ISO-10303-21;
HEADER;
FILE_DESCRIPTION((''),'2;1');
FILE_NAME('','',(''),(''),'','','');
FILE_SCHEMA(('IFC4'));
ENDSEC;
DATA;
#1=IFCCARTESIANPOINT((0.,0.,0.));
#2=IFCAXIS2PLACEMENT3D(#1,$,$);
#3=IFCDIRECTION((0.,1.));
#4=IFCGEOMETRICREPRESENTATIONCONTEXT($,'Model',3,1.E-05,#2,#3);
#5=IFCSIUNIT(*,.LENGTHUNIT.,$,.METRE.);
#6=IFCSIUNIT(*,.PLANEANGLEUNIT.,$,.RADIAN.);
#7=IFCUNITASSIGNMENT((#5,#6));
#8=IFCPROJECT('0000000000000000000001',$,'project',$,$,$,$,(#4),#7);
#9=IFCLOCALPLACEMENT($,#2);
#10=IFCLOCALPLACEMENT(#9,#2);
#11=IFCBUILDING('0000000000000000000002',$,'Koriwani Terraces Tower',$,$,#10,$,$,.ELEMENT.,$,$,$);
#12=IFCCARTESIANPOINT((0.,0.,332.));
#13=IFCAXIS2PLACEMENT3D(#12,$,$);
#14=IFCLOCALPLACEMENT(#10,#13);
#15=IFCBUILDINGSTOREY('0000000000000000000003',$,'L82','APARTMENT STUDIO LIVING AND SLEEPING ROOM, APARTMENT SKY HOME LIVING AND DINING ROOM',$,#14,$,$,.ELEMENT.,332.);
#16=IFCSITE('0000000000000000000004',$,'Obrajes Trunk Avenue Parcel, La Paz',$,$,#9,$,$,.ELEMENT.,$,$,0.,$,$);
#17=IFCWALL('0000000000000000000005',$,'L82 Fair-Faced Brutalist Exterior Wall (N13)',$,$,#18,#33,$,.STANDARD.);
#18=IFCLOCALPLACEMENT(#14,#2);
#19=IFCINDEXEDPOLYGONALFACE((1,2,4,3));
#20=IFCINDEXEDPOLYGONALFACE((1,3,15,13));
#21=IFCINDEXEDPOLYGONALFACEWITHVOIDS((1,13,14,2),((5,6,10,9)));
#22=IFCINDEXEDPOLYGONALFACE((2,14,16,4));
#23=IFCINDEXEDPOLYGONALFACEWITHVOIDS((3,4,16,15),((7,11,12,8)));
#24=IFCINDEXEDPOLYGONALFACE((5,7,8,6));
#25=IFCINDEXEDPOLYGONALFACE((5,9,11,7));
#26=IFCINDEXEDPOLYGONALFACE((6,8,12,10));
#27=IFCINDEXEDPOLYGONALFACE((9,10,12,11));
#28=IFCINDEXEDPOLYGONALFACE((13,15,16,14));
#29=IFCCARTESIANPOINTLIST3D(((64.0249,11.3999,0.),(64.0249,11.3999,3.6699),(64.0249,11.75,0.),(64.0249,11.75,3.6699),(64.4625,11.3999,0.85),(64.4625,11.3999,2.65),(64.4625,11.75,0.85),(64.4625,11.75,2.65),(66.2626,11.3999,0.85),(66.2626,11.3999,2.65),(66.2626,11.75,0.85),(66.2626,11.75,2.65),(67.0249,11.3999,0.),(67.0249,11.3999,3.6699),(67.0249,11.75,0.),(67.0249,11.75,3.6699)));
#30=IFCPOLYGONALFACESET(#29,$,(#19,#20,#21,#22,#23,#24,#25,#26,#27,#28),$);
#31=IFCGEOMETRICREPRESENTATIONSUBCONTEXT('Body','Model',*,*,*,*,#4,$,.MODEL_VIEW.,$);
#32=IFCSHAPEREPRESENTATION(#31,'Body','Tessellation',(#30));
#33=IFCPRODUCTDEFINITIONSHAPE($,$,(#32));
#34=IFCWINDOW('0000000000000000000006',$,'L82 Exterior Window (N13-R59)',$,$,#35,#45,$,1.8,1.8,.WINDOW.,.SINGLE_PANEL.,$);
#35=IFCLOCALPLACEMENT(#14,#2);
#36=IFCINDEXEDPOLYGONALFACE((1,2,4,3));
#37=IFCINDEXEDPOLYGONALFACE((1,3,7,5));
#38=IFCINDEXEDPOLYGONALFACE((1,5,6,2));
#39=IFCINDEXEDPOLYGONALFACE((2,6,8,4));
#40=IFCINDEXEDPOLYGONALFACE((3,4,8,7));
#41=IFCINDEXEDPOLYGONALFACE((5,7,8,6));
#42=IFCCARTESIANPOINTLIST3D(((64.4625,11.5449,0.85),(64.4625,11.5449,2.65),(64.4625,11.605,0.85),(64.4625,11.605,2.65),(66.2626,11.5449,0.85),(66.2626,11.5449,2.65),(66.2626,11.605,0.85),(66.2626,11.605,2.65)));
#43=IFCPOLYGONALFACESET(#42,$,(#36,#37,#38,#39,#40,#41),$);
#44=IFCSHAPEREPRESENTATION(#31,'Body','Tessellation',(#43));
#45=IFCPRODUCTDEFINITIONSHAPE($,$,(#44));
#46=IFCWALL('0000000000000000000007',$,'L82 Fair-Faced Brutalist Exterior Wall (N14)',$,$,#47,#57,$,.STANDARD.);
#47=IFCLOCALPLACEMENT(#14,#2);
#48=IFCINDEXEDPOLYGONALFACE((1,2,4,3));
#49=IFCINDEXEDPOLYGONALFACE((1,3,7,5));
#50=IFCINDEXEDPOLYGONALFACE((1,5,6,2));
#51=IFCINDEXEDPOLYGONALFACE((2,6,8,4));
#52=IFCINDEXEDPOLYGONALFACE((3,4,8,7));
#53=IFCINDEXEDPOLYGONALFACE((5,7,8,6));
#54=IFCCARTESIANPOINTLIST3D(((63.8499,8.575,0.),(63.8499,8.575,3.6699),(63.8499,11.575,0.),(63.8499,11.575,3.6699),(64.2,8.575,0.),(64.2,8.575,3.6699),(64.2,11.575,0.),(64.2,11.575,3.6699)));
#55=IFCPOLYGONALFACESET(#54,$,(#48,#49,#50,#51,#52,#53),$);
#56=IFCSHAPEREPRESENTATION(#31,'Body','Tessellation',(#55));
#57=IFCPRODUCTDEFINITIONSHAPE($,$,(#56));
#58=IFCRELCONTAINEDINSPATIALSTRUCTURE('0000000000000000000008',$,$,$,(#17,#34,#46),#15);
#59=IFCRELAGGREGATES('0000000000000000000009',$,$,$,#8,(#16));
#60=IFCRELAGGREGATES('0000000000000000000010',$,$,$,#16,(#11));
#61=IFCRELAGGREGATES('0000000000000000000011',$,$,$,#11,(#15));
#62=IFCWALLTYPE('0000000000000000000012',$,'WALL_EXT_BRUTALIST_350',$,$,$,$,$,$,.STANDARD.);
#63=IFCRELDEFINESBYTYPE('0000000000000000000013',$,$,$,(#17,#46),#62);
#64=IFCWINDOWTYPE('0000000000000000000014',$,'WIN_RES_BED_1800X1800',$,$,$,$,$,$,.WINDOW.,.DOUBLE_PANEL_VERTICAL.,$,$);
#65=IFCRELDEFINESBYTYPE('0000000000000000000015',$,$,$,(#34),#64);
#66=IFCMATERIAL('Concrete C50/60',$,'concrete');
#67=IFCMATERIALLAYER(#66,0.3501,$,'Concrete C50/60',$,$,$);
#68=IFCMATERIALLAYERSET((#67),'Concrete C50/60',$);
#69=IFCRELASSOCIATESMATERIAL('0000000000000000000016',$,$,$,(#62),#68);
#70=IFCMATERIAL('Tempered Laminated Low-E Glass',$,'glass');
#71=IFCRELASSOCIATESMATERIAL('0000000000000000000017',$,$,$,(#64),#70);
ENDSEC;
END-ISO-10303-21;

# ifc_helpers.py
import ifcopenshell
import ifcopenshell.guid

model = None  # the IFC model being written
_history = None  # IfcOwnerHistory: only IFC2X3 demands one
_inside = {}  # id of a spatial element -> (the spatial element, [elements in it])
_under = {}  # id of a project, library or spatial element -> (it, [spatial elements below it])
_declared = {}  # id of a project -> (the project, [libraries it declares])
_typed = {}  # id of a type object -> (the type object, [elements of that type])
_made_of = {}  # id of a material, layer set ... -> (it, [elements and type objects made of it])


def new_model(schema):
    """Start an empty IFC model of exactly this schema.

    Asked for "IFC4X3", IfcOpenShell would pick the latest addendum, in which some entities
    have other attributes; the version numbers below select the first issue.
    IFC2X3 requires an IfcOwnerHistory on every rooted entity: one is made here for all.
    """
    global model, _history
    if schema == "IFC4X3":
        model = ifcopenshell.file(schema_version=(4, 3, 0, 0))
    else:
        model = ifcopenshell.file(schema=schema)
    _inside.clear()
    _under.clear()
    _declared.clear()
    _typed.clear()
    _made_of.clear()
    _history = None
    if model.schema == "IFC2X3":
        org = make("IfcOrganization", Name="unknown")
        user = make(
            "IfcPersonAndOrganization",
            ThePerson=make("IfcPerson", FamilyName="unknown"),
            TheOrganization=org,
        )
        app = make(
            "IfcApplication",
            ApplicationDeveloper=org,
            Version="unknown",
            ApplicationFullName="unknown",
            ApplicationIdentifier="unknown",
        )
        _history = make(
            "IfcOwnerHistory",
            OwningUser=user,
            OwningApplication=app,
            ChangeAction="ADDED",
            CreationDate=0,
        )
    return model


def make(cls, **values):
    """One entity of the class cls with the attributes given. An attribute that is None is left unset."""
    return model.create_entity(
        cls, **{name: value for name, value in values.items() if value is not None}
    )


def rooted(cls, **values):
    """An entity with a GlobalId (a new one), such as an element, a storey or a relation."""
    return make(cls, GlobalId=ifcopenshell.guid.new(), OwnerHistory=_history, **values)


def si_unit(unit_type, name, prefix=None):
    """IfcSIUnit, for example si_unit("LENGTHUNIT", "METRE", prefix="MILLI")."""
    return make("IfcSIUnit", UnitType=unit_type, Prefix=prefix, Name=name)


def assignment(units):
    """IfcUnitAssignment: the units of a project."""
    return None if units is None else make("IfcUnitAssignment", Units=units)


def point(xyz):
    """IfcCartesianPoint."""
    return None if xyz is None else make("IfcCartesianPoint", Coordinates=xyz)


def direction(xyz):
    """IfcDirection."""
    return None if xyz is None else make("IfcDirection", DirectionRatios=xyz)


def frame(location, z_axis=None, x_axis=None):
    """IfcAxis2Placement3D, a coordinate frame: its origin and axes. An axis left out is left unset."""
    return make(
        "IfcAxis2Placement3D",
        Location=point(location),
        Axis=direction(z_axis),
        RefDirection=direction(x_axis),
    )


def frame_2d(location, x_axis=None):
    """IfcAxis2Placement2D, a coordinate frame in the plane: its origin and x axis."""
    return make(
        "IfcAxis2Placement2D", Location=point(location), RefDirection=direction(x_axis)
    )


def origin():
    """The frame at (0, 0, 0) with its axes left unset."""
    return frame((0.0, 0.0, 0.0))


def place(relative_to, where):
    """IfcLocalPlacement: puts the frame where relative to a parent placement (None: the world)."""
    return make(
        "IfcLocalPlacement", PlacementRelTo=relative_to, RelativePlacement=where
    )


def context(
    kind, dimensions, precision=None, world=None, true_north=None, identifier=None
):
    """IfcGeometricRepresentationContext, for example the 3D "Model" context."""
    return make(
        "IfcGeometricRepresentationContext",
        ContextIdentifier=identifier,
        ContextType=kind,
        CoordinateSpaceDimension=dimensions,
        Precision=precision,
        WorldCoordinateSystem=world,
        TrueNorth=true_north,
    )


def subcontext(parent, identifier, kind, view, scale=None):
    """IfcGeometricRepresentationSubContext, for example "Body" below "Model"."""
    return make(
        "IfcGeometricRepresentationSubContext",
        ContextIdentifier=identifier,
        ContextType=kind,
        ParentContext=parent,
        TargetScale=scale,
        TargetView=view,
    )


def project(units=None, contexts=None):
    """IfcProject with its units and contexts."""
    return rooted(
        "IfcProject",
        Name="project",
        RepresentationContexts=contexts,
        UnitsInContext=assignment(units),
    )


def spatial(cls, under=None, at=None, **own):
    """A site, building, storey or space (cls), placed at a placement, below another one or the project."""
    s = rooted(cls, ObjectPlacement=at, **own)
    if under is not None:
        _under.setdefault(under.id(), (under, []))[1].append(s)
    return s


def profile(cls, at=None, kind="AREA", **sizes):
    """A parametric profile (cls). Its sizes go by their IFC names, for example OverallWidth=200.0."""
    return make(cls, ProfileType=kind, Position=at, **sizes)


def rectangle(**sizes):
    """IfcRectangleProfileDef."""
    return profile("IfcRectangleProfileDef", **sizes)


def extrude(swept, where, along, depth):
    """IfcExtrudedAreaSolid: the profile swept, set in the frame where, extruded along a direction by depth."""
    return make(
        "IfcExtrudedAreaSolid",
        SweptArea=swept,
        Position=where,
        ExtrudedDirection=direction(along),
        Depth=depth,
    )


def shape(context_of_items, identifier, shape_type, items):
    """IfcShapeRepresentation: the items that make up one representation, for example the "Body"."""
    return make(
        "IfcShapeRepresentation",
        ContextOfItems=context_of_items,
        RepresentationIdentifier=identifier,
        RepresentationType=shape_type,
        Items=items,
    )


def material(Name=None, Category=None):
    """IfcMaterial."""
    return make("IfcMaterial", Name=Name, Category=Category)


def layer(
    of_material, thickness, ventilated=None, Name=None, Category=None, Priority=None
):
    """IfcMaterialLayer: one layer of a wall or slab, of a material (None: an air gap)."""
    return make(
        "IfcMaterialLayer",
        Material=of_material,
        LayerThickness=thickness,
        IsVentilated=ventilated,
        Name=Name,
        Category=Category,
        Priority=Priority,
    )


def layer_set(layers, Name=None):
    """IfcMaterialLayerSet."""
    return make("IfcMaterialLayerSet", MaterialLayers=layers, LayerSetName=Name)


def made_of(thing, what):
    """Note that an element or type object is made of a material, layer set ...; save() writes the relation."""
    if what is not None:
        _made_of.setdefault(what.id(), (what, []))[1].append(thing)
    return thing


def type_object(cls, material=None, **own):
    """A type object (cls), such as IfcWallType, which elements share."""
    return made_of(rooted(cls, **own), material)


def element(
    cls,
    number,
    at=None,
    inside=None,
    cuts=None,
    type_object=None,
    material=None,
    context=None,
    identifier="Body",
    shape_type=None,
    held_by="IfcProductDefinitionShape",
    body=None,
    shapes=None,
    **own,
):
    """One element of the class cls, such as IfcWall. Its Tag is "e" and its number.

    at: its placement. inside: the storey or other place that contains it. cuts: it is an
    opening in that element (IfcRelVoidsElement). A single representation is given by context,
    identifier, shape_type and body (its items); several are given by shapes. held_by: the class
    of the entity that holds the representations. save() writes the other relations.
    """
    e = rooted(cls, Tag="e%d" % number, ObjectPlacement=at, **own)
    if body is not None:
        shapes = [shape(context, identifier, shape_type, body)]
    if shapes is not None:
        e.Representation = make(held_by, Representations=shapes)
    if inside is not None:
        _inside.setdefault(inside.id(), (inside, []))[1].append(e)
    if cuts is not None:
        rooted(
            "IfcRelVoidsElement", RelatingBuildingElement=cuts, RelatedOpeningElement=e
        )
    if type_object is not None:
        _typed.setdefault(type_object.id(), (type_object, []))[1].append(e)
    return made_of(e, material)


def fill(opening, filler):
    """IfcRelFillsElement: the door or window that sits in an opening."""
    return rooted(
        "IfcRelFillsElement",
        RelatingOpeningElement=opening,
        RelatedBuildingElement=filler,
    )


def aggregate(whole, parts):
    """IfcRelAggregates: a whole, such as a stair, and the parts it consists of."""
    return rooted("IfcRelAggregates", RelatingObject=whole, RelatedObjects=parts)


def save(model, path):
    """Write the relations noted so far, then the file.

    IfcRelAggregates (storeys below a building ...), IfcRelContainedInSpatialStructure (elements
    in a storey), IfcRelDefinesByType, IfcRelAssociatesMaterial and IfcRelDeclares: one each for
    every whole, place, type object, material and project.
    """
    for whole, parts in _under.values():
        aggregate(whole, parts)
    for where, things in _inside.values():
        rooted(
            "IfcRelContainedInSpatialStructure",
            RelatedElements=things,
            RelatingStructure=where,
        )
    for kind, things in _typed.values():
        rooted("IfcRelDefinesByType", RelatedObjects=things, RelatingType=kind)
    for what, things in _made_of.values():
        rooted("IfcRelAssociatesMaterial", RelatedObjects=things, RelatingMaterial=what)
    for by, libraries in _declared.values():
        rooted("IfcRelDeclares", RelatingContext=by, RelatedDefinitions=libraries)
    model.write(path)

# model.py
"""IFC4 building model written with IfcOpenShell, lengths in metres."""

from ifc_helpers import new_model, si_unit, direction, frame, frame_2d, origin, place, context, subcontext, project, spatial, rectangle, extrude, material, layer, layer_set, type_object, element, fill, save


model = new_model("IFC4")

# Units and contexts
model_context = context("Model", 3, precision=1e-05, world=origin(), true_north=direction((0.0, 1.0)))
body_context = subcontext(model_context, "Body", "Model", "MODEL_VIEW")
ifc_project = project(units=[si_unit("LENGTHUNIT", "METRE"), si_unit("PLANEANGLEUNIT", "RADIAN")], contexts=[model_context])

# Site, building, storey
site_placement = place(None, origin())
site = spatial("IfcSite", under=ifc_project, at=site_placement, Name="Obrajes Trunk Avenue Parcel, La Paz", CompositionType="ELEMENT", RefElevation=0.0)
building_placement = place(site_placement, origin())
building = spatial("IfcBuilding", under=site, at=building_placement, Name="Koriwani Terraces Tower", CompositionType="ELEMENT")
storey_placement = place(building_placement, frame((0.0, 0.0, 332.0)))
storey = spatial("IfcBuildingStorey", under=building, at=storey_placement, Name="L82", Description="APARTMENT STUDIO LIVING AND SLEEPING ROOM, APARTMENT SKY HOME LIVING AND DINING ROOM", CompositionType="ELEMENT", Elevation=332.0)

# Shared definitions
ifc_material_1 = material(Name="Concrete C50/60", Category="concrete")

# Wall, opening, window
ifc_layer_1 = layer(ifc_material_1, 0.3501, Name="Concrete C50/60")
ifc_layer_set_1 = layer_set([ifc_layer_1], Name="Concrete C50/60")
wall_type_1 = type_object("IfcWallType", Name="WALL_EXT_BRUTALIST_350", PredefinedType="STANDARD", material=ifc_layer_set_1)
wall_1_placement = place(storey_placement, frame((67.0249, 11.575, 0.0), z_axis=(0.0, 0.0, 1.0), x_axis=(-1.0, 0.0, 0.0)))
wall_1 = element("IfcWall", 1, at=wall_1_placement, inside=storey, type_object=wall_type_1, Name="L82 Fair-Faced Brutalist Exterior Wall (N13)", PredefinedType="STANDARD", context=body_context, shape_type="SweptSolid", body=[
    extrude(rectangle(XDim=3.0, YDim=0.3501, at=frame_2d((1.5, 0.0))), origin(), (0.0, 0.0, 1.0), 3.6699),
])
opening_1_placement = place(wall_1_placement, frame((0.7625, 0.0, 0.8501)))
opening_1 = element("IfcOpeningElement", 2, at=opening_1_placement, cuts=wall_1, PredefinedType="OPENING", context=body_context, shape_type="SweptSolid", body=[
    extrude(rectangle(XDim=1.8, YDim=1.8, at=frame_2d((0.8999, 0.8999))), frame((0.0, 0.1851, 0.0), z_axis=(0.0, -1.0, 0.0), x_axis=(1.0, 0.0, 0.0)), (0.0, 0.0, 1.0), 0.3701),
])
ifc_material_2 = material(Name="Tempered Laminated Low-E Glass", Category="glass")
window_type_1 = type_object("IfcWindowType", Name="WIN_RES_BED_1800X1800", PartitioningType="DOUBLE_PANEL_VERTICAL", PredefinedType="WINDOW", material=ifc_material_2)
window_1_placement = place(opening_1_placement, origin())
window_1 = element("IfcWindow", 3, at=window_1_placement, inside=storey, type_object=window_type_1, Name="L82 Exterior Window (N13-R59)", OverallHeight=1.8, OverallWidth=1.8, PartitioningType="SINGLE_PANEL", PredefinedType="WINDOW", context=body_context, shape_type="SweptSolid", body=[
    extrude(rectangle(XDim=1.8, YDim=1.8, at=frame_2d((0.8999, 0.8999))), frame((0.0, 0.03, 0.0), z_axis=(0.0, -1.0, 0.0), x_axis=(1.0, 0.0, 0.0)), (0.0, 0.0, 1.0), 0.0601),
])
fill(opening_1, window_1)

# Wall
wall_2_placement = place(storey_placement, frame((64.0249, 11.575, 0.0), z_axis=(0.0, 0.0, 1.0), x_axis=(0.0, -1.0, 0.0)))
element("IfcWall", 4, at=wall_2_placement, inside=storey, type_object=wall_type_1, Name="L82 Fair-Faced Brutalist Exterior Wall (N14)", PredefinedType="STANDARD", context=body_context, shape_type="SweptSolid", body=[
    extrude(rectangle(XDim=3.0, YDim=0.3501, at=frame_2d((1.5, 0.0))), origin(), (0.0, 0.0, 1.0), 3.6699),
])

save(model, "model.ifc")
